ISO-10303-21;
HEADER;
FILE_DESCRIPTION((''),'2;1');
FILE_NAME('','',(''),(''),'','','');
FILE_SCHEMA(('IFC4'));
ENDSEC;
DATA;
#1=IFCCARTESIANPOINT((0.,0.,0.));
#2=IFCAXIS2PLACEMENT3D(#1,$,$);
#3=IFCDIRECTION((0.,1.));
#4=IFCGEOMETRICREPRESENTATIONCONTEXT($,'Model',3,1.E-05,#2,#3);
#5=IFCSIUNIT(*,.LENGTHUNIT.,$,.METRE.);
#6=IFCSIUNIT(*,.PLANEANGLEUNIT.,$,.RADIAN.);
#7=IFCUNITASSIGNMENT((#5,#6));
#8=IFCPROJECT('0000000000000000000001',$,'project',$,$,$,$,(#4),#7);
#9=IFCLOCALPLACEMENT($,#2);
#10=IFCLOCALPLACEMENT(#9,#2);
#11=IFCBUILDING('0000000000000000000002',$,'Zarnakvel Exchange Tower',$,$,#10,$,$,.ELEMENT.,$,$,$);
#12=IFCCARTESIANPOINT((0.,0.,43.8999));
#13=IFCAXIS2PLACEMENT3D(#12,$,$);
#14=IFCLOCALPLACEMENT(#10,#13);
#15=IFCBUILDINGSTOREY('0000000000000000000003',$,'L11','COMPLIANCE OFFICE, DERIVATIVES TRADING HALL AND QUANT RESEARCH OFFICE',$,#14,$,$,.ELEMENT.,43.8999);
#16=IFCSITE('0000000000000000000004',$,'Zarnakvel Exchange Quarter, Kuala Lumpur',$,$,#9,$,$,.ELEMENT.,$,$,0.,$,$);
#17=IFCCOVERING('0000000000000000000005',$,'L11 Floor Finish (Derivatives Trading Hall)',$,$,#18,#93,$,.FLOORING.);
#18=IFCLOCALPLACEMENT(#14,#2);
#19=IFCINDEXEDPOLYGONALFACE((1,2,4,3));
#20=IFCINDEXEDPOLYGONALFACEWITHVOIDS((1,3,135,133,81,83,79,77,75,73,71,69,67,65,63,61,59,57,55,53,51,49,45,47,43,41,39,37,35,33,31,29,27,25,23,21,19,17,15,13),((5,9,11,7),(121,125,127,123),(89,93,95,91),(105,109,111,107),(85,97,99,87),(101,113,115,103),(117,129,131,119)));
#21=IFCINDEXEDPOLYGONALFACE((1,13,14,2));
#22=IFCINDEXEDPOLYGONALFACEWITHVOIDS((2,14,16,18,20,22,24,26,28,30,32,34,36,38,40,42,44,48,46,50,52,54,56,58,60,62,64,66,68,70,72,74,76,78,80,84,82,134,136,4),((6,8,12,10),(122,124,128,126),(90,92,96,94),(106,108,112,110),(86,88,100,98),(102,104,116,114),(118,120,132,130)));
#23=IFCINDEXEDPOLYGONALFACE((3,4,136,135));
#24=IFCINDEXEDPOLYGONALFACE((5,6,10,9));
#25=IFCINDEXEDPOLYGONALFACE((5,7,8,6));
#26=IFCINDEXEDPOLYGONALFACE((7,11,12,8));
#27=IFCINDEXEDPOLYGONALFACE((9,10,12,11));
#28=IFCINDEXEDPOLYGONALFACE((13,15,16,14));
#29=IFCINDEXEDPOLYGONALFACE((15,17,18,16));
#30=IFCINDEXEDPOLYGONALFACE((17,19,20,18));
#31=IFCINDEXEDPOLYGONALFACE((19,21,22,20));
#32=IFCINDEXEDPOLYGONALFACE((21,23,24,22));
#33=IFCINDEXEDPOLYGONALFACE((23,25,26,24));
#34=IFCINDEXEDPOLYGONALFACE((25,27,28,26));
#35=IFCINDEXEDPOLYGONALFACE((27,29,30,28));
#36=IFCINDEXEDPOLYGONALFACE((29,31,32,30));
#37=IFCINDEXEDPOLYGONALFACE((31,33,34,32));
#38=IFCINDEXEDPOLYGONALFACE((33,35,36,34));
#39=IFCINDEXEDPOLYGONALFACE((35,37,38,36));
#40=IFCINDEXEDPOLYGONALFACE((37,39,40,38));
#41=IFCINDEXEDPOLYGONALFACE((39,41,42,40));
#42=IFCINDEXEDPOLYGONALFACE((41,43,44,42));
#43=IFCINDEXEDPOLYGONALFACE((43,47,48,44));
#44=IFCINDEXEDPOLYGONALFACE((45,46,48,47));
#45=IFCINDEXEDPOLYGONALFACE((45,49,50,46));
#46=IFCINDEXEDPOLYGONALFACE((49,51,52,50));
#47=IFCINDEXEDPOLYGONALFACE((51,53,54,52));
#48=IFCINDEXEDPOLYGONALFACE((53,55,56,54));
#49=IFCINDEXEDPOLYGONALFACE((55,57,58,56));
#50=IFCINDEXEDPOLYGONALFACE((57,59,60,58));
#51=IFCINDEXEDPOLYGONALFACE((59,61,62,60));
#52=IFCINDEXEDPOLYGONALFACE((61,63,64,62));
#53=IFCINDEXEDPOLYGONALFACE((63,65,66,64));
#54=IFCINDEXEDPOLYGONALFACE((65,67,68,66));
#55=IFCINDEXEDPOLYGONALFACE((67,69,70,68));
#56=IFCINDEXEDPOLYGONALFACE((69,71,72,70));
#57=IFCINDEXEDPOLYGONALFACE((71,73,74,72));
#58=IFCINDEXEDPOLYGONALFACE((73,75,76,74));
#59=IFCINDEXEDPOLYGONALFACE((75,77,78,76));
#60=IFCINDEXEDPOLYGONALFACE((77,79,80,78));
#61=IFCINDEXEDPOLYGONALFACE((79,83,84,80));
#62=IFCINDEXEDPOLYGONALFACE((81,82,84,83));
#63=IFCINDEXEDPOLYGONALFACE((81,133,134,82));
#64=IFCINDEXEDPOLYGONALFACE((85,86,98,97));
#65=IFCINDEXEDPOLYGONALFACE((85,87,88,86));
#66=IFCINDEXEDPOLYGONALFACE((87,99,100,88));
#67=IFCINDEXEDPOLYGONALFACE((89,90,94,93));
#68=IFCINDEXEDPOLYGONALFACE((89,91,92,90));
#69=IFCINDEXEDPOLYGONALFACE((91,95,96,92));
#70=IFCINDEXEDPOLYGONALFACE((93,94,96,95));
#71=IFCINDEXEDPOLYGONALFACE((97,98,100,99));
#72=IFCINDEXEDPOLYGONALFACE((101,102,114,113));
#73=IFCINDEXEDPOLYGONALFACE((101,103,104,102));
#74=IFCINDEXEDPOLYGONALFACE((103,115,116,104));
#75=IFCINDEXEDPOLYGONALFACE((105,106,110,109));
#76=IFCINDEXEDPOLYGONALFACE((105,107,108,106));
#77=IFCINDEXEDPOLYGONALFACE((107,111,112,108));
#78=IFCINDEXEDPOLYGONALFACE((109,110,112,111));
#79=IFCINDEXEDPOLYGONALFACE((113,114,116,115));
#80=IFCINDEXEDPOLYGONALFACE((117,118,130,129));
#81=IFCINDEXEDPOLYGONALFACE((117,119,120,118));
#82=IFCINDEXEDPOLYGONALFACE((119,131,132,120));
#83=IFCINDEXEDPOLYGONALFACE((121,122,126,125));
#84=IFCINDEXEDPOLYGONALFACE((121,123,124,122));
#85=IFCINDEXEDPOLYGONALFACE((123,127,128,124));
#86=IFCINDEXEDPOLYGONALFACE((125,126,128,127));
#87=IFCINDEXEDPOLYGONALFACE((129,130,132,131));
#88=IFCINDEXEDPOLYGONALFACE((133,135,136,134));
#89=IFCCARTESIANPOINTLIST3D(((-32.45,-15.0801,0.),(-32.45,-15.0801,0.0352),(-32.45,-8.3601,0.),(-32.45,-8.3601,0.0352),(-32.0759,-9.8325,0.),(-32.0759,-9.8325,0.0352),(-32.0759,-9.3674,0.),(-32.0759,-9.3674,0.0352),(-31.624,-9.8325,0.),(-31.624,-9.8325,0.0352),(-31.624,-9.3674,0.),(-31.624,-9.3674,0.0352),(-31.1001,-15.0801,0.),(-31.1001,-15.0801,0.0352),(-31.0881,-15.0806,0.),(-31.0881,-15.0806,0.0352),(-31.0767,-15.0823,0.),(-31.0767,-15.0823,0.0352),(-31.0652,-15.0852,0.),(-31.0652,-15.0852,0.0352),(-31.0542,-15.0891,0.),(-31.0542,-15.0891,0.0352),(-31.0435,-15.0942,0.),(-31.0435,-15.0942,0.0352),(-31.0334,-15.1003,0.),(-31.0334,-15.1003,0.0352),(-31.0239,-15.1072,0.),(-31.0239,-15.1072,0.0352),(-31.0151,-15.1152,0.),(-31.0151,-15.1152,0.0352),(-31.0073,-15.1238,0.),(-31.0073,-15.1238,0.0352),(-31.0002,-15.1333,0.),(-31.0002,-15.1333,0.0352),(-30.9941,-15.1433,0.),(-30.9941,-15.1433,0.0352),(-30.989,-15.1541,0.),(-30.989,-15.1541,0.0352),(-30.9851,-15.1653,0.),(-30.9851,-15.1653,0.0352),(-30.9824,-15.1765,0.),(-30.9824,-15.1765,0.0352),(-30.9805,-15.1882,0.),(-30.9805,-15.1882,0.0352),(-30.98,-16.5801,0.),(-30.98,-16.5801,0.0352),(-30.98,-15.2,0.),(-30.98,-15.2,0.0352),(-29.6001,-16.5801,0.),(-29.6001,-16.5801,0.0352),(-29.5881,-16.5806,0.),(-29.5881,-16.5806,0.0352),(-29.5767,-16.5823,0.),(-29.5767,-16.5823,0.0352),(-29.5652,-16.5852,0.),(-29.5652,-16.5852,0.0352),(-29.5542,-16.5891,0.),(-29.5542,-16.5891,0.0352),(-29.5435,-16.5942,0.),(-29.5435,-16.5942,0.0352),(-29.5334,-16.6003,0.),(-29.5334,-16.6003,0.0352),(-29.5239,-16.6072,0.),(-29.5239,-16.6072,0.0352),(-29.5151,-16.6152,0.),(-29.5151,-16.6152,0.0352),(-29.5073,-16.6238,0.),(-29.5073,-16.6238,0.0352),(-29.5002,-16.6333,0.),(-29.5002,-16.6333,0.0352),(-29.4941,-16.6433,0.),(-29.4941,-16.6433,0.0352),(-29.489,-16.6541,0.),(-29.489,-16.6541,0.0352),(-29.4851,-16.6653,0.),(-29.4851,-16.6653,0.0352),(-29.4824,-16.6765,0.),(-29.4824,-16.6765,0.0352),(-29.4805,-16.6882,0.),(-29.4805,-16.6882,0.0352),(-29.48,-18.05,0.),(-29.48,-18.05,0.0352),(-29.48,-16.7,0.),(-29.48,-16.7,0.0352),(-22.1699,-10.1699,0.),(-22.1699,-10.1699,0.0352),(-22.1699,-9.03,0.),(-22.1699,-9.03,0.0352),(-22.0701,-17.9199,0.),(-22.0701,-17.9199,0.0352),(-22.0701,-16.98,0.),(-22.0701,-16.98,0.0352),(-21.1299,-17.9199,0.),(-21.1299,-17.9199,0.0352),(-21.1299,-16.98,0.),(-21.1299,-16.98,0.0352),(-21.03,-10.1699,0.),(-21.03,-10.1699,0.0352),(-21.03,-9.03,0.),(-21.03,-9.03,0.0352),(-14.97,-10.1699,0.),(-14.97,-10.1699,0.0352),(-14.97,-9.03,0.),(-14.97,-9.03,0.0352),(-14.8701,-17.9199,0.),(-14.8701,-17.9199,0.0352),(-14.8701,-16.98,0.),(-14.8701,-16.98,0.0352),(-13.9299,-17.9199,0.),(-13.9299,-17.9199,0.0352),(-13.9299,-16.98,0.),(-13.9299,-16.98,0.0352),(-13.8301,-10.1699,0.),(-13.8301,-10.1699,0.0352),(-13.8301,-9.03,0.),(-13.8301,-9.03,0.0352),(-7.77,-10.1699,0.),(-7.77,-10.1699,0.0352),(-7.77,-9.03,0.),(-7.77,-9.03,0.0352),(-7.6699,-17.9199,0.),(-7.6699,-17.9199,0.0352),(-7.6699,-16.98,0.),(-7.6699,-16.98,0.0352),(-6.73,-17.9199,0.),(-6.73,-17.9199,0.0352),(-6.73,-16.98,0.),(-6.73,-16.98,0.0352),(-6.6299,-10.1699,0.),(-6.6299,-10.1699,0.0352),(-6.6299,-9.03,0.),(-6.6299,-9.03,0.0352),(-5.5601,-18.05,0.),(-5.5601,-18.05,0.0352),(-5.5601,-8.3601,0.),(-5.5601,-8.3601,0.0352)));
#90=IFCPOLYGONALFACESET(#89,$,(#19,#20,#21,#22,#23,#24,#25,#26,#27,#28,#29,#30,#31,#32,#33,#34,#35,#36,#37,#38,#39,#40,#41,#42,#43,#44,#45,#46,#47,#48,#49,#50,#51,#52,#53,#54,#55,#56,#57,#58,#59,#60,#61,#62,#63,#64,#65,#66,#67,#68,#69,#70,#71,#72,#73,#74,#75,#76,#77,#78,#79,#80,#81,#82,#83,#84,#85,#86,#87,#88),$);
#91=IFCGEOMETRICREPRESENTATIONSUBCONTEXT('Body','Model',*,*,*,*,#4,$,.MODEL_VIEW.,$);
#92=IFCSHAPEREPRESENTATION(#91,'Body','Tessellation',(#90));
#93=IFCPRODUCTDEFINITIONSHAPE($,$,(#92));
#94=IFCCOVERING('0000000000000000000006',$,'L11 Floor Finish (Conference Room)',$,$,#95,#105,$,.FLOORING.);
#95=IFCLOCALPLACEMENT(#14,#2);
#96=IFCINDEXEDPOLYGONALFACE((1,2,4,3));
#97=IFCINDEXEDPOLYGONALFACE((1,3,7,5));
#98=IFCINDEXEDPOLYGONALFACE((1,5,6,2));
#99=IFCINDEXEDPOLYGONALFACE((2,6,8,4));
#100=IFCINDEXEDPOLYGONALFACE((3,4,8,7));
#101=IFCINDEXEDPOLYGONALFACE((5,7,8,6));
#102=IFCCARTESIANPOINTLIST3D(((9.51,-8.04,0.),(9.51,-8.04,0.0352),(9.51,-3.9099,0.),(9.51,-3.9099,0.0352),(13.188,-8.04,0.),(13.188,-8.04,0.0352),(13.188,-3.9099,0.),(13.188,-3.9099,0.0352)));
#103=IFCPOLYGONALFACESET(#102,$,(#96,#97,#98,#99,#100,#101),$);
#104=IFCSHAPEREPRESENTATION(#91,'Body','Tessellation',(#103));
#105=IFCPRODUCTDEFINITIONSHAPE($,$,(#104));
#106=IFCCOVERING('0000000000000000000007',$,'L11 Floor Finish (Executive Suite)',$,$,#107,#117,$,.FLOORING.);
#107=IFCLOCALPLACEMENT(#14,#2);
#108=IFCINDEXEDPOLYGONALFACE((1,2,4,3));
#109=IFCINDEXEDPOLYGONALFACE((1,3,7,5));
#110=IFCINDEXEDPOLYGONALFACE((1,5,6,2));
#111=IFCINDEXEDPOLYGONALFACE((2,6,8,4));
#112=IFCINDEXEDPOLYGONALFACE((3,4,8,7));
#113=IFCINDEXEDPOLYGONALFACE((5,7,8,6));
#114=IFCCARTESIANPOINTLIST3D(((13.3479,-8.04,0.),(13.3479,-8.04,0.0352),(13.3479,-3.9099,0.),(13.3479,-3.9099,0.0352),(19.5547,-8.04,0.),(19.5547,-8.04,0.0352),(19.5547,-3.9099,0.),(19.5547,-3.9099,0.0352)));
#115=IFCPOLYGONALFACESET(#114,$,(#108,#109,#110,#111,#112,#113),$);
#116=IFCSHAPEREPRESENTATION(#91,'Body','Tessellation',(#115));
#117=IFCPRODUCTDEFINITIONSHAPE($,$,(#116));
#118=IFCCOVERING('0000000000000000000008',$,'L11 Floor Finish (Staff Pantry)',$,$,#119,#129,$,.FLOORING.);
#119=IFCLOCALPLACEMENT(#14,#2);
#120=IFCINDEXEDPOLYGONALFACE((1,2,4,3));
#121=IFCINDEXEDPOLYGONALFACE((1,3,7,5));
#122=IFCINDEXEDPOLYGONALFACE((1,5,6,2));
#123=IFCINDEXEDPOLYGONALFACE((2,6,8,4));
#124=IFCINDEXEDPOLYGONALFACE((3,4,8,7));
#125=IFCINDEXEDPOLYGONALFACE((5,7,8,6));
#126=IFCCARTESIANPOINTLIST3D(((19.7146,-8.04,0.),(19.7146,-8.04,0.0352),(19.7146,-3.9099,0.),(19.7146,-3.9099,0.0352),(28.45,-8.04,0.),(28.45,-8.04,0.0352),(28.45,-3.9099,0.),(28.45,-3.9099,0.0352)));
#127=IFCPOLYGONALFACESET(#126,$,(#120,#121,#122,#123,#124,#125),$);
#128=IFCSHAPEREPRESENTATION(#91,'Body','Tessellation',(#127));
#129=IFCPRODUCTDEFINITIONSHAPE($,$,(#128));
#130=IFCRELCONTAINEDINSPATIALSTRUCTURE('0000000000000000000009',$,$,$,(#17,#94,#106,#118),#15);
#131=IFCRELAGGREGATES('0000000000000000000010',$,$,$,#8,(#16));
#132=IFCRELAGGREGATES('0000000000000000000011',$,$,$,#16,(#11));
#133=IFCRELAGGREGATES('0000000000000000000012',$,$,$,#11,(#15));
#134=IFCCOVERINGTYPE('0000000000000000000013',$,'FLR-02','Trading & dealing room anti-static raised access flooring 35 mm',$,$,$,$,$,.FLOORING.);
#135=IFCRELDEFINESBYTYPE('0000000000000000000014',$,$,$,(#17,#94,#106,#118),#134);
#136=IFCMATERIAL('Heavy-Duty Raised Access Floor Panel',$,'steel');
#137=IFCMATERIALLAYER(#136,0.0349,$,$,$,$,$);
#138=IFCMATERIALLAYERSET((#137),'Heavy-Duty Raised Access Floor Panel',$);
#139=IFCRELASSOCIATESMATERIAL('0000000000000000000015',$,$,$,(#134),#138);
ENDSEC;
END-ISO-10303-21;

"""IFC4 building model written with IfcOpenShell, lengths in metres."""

from ifc_helpers import new_model, si_unit, direction, frame, origin, place, context, subcontext, project, spatial, polyline, outline, extrude, material, layer, layer_set, type_object, element, save


model = new_model("IFC4")

# Units and contexts
model_context = context("Model", 3, precision=1e-05, world=origin(), true_north=direction((0.0, 1.0)))
body_context = subcontext(model_context, "Body", "Model", "MODEL_VIEW")
ifc_project = project(units=[si_unit("LENGTHUNIT", "METRE"), si_unit("PLANEANGLEUNIT", "RADIAN")], contexts=[model_context])

# Site, building, storey
site_placement = place(None, origin())
site = spatial("IfcSite", under=ifc_project, at=site_placement, Name="Zarnakvel Exchange Quarter, Kuala Lumpur", CompositionType="ELEMENT", RefElevation=0.0)
building_placement = place(site_placement, origin())
building = spatial("IfcBuilding", under=site, at=building_placement, Name="Zarnakvel Exchange Tower", CompositionType="ELEMENT")
storey_placement = place(building_placement, frame((0.0, 0.0, 43.8999)))
storey = spatial("IfcBuildingStorey", under=building, at=storey_placement, Name="L11", Description="COMPLIANCE OFFICE, DERIVATIVES TRADING HALL AND QUANT RESEARCH OFFICE", CompositionType="ELEMENT", Elevation=43.8999)

# Coverings
ifc_material_1 = material(Name="Heavy-Duty Raised Access Floor Panel", Category="steel")
ifc_layer_1 = layer(ifc_material_1, 0.0349)
ifc_layer_set_1 = layer_set([ifc_layer_1], Name="Heavy-Duty Raised Access Floor Panel")
covering_type_1 = type_object("IfcCoveringType", Name="FLR-02", Description="Trading & dealing room anti-static raised access flooring 35 mm", PredefinedType="FLOORING", material=ifc_layer_set_1)
covering_1_placement = place(storey_placement, origin())
element("IfcCovering", 1, at=covering_1_placement, inside=storey, type_object=covering_type_1, Name="L11 Floor Finish (Derivatives Trading Hall)", PredefinedType="FLOORING", context=body_context, shape_type="SweptSolid", body=[
    extrude(outline(polyline([(-5.5601, -8.3601), (-5.5601, -18.05), (-29.48, -18.05), (-29.48, -16.7), (-29.4805, -16.6882), (-29.4824, -16.6765), (-29.4851, -16.6653), (-29.489, -16.6541), (-29.4941, -16.6433), (-29.5002, -16.6333), (-29.5073, -16.6238), (-29.5151, -16.6152), (-29.5239, -16.6072), (-29.5334, -16.6003), (-29.5435, -16.5942), (-29.5542, -16.5891), (-29.5652, -16.5852), (-29.5767, -16.5823), (-29.5881, -16.5806), (-29.6001, -16.5801), (-30.98, -16.5801), (-30.98, -15.2), (-30.9805, -15.1882), (-30.9824, -15.1765), (-30.9851, -15.1653), (-30.989, -15.1541), (-30.9941, -15.1433), (-31.0002, -15.1333), (-31.0073, -15.1238), (-31.0151, -15.1152), (-31.0239, -15.1072), (-31.0334, -15.1003), (-31.0435, -15.0942), (-31.0542, -15.0891), (-31.0652, -15.0852), (-31.0767, -15.0823), (-31.0881, -15.0806), (-31.1001, -15.0801), (-32.45, -15.0801), (-32.45, -8.3601), (-5.5601, -8.3601)]), holes=[polyline([(-7.77, -10.1699), (-6.6299, -10.1699), (-6.6299, -9.03), (-7.77, -9.03), (-7.77, -10.1699)]), polyline([(-6.73, -17.9199), (-6.73, -16.98), (-7.6699, -16.98), (-7.6699, -17.9199), (-6.73, -17.9199)]), polyline([(-13.8301, -10.1699), (-13.8301, -9.03), (-14.97, -9.03), (-14.97, -10.1699), (-13.8301, -10.1699)]), polyline([(-13.9299, -17.9199), (-13.9299, -16.98), (-14.8701, -16.98), (-14.8701, -17.9199), (-13.9299, -17.9199)]), polyline([(-21.03, -10.1699), (-21.03, -9.03), (-22.1699, -9.03), (-22.1699, -10.1699), (-21.03, -10.1699)]), polyline([(-21.1299, -17.9199), (-21.1299, -16.98), (-22.0701, -16.98), (-22.0701, -17.9199), (-21.1299, -17.9199)]), polyline([(-32.0759, -9.8325), (-31.624, -9.8325), (-31.624, -9.3674), (-32.0759, -9.3674), (-32.0759, -9.8325)])]), origin(), (0.0, 0.0, 1.0), 0.0352),
])
covering_2_placement = place(storey_placement, origin())
element("IfcCovering", 2, at=covering_2_placement, inside=storey, type_object=covering_type_1, Name="L11 Floor Finish (Conference Room)", PredefinedType="FLOORING", context=body_context, shape_type="SweptSolid", body=[
    extrude(outline(polyline([(9.51, -3.9099), (13.188, -3.9099), (13.188, -8.04), (9.51, -8.04), (9.51, -3.9099)])), origin(), (0.0, 0.0, 1.0), 0.0352),
])
covering_3_placement = place(storey_placement, origin())
element("IfcCovering", 3, at=covering_3_placement, inside=storey, type_object=covering_type_1, Name="L11 Floor Finish (Executive Suite)", PredefinedType="FLOORING", context=body_context, shape_type="SweptSolid", body=[
    extrude(outline(polyline([(13.3479, -3.9099), (19.5547, -3.9099), (19.5547, -8.04), (13.3479, -8.04), (13.3479, -3.9099)])), origin(), (0.0, 0.0, 1.0), 0.0352),
])
covering_4_placement = place(storey_placement, origin())
element("IfcCovering", 4, at=covering_4_placement, inside=storey, type_object=covering_type_1, Name="L11 Floor Finish (Staff Pantry)", PredefinedType="FLOORING", context=body_context, shape_type="SweptSolid", body=[
    extrude(outline(polyline([(19.7146, -3.9099), (28.45, -3.9099), (28.45, -8.04), (19.7146, -8.04), (19.7146, -3.9099)])), origin(), (0.0, 0.0, 1.0), 0.0352),
])

save(model, "model.ifc")
